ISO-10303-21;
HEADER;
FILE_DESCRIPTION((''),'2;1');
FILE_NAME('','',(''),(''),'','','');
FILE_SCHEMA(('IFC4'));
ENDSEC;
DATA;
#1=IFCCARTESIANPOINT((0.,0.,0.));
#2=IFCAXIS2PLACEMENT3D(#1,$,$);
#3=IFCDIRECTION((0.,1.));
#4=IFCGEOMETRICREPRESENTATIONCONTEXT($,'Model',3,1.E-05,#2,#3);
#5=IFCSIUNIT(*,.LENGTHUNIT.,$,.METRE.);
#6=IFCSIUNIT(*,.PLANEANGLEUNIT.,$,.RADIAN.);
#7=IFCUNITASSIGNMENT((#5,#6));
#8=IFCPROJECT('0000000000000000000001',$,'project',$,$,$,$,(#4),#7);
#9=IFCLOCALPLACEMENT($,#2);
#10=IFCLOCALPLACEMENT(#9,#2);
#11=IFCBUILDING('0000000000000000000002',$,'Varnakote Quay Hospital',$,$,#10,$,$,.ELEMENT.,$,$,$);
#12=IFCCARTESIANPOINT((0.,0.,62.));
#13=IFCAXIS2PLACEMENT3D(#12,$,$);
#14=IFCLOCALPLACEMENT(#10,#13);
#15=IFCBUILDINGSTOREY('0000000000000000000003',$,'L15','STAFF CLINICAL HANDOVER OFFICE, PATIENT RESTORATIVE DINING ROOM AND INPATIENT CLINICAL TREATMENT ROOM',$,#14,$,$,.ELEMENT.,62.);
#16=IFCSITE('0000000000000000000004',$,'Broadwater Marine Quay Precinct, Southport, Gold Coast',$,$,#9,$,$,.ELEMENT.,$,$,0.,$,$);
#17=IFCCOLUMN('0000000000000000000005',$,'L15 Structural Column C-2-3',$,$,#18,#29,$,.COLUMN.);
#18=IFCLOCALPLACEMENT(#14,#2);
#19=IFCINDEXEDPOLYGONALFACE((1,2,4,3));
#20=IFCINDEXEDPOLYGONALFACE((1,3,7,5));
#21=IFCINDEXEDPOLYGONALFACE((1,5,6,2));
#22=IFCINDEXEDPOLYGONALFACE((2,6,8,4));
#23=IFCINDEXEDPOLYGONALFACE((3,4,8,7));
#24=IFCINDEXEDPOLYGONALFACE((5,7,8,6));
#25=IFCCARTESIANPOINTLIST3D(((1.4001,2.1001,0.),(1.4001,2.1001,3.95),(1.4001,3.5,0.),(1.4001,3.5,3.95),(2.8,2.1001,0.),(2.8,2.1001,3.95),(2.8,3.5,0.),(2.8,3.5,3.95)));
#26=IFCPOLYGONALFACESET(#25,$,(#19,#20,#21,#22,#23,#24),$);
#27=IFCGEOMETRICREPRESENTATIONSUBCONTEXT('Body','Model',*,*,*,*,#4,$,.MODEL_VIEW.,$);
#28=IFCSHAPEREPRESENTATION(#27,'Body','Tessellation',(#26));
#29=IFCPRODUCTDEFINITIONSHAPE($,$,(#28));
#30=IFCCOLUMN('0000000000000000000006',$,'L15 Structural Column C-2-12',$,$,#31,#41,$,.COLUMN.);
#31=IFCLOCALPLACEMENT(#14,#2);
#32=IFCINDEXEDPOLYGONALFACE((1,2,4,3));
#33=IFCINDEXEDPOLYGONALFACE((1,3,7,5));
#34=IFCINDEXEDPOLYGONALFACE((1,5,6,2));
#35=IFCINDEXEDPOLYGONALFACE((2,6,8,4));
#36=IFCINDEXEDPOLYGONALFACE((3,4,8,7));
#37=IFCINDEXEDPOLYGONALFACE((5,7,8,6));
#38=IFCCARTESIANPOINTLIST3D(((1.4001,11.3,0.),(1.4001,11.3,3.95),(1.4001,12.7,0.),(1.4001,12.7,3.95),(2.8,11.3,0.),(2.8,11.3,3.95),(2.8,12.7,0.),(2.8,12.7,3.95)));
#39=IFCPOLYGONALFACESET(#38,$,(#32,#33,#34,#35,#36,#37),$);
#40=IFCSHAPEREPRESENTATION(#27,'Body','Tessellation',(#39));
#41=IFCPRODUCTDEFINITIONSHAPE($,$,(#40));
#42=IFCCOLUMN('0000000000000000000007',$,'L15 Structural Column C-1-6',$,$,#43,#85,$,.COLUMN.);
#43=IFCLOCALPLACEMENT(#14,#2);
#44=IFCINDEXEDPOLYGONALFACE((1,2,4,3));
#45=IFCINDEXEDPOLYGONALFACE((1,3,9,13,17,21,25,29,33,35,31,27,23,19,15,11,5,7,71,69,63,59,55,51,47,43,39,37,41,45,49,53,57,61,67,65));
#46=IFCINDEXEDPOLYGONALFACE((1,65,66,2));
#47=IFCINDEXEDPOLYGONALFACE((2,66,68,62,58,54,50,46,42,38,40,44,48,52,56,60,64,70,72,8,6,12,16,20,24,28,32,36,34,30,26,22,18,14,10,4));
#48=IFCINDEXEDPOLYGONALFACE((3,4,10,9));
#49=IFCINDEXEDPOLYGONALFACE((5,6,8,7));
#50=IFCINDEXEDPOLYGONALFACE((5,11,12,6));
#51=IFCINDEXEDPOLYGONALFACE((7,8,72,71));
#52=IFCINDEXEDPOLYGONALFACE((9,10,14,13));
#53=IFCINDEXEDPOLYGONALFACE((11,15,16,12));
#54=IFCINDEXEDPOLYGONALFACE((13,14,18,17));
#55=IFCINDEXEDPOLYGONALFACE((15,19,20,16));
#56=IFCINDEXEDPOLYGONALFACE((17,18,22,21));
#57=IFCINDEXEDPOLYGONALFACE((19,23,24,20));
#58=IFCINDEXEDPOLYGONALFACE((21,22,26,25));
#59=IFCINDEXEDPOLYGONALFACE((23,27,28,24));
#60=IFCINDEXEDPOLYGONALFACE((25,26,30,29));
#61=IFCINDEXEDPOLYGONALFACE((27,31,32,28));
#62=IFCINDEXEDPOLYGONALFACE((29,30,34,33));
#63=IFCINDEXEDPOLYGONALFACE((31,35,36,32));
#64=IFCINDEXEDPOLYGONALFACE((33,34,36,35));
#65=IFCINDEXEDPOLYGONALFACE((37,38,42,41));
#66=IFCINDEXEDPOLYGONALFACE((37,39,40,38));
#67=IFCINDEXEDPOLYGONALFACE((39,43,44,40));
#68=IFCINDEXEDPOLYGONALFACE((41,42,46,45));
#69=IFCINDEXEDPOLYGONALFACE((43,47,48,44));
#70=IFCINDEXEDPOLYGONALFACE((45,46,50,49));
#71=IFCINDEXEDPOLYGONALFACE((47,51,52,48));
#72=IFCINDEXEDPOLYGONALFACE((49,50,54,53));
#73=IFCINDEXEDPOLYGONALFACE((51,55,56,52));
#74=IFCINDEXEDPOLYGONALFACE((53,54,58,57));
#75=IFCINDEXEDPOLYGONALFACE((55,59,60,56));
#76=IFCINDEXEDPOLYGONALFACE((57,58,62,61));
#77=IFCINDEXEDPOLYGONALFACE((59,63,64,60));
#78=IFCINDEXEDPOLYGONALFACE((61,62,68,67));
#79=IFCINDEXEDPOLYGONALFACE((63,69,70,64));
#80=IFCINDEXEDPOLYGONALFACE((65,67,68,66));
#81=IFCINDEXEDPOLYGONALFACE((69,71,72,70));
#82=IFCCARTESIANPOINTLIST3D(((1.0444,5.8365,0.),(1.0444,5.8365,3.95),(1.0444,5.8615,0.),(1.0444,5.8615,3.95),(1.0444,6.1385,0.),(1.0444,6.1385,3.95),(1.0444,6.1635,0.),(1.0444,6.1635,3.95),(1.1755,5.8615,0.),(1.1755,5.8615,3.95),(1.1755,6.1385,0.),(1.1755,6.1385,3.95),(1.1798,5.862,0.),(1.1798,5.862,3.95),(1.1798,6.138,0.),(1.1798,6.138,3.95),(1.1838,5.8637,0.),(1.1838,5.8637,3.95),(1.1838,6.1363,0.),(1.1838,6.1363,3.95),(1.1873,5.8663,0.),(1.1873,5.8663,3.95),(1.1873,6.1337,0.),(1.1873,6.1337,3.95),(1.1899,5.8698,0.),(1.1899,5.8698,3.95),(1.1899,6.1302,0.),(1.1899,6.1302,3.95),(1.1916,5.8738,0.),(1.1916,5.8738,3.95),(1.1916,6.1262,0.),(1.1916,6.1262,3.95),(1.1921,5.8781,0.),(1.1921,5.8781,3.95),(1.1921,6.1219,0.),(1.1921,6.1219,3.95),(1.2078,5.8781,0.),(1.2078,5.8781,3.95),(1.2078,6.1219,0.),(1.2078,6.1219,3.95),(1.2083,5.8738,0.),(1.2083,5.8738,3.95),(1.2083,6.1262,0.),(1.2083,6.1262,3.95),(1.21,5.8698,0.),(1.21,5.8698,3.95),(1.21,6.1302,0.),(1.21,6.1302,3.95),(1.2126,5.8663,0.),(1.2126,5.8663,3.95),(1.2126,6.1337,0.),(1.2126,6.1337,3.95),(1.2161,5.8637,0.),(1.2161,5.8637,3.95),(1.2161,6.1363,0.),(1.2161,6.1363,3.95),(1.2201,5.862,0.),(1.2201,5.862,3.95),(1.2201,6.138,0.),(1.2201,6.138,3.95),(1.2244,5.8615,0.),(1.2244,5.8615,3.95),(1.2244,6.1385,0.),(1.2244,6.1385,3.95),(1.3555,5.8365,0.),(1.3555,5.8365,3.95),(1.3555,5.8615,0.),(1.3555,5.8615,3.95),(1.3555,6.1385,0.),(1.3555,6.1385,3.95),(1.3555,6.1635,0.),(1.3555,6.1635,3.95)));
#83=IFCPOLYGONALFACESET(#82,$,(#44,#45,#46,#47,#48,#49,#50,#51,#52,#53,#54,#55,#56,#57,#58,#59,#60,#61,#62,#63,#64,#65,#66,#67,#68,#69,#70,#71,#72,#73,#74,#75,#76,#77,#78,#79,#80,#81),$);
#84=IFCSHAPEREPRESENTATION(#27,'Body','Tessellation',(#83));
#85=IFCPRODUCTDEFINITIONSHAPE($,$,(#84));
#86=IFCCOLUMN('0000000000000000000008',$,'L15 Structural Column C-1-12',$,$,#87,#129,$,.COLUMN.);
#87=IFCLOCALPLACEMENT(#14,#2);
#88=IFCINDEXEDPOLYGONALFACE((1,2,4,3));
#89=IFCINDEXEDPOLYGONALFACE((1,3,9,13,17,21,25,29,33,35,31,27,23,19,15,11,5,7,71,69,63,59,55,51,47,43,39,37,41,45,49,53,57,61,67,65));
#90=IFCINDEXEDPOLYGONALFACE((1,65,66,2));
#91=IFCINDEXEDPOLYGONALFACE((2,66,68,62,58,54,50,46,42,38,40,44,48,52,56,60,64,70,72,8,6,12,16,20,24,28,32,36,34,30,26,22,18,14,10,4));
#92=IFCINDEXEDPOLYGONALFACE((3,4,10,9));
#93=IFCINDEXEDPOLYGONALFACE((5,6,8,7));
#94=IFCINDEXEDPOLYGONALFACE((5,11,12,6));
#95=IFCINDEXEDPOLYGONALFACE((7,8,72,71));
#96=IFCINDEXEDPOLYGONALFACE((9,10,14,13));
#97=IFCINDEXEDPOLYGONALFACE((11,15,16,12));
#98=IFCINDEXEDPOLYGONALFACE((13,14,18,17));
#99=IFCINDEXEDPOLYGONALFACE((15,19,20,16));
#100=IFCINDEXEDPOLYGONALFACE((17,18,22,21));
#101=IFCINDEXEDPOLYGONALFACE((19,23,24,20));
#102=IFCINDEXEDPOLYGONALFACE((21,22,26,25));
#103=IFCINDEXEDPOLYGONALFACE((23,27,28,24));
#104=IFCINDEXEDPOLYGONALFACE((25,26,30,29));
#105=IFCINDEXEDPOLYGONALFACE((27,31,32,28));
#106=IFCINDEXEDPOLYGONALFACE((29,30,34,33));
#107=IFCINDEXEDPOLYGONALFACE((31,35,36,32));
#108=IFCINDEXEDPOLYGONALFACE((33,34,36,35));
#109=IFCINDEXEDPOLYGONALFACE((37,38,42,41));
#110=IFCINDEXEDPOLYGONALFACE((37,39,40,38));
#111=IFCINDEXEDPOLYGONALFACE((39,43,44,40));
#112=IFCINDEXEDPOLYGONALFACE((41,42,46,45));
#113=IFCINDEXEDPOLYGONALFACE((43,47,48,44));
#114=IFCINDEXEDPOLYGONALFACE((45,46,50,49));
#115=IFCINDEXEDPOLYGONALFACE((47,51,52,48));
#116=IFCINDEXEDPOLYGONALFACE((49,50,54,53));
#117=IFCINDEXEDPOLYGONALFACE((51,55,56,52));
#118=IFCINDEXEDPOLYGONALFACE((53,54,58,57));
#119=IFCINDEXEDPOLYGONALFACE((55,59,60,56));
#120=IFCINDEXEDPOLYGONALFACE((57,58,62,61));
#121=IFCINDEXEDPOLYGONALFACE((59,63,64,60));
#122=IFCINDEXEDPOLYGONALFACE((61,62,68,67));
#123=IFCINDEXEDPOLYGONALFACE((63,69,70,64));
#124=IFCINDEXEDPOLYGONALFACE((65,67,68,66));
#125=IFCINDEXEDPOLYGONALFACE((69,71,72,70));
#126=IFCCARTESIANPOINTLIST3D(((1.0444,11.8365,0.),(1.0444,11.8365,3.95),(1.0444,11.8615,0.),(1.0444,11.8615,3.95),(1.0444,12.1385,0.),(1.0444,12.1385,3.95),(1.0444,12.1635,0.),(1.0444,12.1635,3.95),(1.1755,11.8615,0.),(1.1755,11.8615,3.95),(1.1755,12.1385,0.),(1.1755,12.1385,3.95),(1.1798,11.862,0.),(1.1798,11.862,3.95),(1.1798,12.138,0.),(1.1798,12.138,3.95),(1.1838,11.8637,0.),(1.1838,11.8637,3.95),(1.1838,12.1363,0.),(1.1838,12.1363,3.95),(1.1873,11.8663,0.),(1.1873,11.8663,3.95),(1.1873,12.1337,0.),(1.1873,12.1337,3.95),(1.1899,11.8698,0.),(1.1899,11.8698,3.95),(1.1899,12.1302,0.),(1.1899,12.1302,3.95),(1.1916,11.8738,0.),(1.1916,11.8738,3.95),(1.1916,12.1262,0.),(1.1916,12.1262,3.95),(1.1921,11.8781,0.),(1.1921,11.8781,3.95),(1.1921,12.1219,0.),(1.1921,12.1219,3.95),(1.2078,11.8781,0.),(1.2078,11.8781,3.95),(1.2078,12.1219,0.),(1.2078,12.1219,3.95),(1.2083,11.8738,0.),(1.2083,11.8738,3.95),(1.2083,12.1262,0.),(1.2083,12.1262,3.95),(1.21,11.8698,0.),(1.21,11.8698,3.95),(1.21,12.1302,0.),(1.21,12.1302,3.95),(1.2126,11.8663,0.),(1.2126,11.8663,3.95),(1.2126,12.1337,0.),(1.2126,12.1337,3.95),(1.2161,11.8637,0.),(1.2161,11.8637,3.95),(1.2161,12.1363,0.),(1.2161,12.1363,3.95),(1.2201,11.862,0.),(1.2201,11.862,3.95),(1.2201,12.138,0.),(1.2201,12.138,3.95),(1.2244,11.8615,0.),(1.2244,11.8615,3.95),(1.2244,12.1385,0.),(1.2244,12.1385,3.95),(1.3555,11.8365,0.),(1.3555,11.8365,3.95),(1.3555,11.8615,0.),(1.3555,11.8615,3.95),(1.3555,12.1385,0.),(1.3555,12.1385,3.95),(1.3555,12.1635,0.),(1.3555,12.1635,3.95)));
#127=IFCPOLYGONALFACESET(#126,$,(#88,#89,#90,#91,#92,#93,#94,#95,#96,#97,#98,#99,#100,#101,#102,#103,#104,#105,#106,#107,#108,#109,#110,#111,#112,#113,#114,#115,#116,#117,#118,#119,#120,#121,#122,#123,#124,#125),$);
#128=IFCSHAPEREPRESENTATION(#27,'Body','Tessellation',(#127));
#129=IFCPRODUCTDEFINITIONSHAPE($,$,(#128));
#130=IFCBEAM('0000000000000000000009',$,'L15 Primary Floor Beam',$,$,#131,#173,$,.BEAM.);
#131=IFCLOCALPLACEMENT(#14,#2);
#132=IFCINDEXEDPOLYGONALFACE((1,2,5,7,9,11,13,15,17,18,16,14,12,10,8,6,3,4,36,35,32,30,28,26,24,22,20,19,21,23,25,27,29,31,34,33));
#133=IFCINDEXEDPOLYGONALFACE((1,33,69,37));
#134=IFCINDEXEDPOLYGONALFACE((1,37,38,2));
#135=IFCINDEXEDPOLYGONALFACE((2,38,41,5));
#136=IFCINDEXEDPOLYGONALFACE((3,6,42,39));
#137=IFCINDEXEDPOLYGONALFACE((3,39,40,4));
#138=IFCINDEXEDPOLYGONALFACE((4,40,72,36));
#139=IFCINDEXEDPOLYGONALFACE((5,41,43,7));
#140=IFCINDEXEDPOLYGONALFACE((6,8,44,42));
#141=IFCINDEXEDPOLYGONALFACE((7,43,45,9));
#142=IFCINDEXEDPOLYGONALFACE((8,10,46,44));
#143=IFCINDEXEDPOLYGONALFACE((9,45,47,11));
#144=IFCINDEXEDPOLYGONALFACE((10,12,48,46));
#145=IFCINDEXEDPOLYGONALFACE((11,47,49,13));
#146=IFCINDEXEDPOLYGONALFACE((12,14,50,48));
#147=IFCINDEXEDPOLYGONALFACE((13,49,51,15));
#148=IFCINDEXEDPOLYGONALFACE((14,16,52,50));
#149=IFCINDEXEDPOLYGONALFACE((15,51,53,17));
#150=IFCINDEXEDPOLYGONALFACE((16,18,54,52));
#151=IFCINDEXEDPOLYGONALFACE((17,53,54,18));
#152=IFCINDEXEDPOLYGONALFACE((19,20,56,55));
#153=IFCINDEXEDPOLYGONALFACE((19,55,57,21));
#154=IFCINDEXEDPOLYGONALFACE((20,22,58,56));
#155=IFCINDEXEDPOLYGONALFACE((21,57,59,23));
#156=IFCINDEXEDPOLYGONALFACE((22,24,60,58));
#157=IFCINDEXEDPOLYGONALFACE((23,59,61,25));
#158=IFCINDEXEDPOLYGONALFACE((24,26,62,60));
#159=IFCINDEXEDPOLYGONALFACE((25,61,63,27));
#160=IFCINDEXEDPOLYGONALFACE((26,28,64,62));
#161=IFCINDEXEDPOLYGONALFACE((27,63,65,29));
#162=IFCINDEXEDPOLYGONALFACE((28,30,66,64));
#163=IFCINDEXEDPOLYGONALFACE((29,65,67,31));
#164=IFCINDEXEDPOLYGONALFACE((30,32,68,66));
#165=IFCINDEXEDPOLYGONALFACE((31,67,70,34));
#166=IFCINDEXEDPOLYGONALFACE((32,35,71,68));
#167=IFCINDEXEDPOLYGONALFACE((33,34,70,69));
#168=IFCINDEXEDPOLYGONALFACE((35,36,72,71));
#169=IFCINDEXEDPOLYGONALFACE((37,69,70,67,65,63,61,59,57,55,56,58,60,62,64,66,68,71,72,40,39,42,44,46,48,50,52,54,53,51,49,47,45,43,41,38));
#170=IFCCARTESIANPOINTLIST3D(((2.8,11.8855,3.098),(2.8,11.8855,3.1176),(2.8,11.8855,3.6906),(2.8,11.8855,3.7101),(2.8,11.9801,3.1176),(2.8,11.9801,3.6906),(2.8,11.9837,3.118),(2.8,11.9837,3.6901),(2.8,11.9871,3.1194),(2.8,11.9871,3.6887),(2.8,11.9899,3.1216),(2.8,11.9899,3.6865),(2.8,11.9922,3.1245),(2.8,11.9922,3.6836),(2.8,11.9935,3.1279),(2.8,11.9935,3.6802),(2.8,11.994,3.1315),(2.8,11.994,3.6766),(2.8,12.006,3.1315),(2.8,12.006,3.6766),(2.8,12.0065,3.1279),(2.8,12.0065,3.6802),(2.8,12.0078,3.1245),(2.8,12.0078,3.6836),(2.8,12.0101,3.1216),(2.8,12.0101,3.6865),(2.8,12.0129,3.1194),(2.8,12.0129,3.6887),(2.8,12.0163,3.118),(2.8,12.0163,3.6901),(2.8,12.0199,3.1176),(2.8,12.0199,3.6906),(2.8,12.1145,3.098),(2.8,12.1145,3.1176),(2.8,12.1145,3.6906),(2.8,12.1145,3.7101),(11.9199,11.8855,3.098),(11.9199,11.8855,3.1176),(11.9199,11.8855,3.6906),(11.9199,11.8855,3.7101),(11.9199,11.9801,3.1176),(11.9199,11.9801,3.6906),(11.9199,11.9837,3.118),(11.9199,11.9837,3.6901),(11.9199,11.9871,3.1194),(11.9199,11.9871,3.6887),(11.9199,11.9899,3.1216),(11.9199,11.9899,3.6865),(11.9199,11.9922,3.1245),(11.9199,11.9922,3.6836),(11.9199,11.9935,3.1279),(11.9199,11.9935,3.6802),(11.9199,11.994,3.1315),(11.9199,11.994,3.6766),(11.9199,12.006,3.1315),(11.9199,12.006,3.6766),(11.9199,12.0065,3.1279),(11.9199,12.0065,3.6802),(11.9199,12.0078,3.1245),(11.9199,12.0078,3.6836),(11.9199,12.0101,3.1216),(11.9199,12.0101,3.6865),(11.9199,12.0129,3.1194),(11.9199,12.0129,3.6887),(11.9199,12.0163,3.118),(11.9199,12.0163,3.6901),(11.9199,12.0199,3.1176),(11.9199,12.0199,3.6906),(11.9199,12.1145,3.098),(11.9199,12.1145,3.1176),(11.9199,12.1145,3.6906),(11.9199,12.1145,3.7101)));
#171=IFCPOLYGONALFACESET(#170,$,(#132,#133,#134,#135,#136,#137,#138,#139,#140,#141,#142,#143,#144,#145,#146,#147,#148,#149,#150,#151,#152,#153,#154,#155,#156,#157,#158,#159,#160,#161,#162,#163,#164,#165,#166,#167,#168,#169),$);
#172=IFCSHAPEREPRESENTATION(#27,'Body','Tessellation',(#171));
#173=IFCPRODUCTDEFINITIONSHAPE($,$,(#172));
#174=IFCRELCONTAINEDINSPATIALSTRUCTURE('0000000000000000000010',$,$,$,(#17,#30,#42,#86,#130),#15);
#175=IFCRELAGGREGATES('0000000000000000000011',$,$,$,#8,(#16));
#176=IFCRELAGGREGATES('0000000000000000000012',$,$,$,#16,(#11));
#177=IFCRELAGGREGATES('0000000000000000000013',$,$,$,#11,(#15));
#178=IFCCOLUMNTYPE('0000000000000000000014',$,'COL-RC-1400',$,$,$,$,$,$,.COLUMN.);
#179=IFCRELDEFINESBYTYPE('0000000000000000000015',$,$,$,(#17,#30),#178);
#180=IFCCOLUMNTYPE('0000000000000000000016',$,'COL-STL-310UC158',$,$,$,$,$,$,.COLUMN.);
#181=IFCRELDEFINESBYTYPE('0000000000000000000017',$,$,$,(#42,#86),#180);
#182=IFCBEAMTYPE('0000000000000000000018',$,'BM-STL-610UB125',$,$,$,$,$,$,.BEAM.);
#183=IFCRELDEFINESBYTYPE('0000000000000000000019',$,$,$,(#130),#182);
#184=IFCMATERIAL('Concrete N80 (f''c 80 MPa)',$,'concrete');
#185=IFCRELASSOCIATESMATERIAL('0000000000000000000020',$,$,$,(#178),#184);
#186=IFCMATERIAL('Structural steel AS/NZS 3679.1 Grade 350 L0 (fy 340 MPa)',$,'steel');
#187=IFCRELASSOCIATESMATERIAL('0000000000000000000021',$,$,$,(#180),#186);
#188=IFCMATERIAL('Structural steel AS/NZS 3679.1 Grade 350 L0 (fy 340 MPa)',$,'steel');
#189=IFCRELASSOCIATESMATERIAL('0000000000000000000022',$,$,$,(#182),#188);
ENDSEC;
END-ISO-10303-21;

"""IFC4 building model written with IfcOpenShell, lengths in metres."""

from ifc_helpers import new_model, si_unit, direction, frame, origin, origin_2d, place, context, subcontext, project, spatial, rectangle, i_section, extrude, material, material_profile, profile_set, type_object, element, save


model = new_model("IFC4")

# Units and contexts
model_context = context("Model", 3, precision=1e-05, world=origin(), true_north=direction((0.0, 1.0)))
body_context = subcontext(model_context, "Body", "Model", "MODEL_VIEW")
ifc_project = project(units=[si_unit("LENGTHUNIT", "METRE"), si_unit("PLANEANGLEUNIT", "RADIAN")], contexts=[model_context])

# Site, building, storey
site_placement = place(None, origin())
site = spatial("IfcSite", under=ifc_project, at=site_placement, Name="Broadwater Marine Quay Precinct, Southport, Gold Coast", CompositionType="ELEMENT", RefElevation=0.0)
building_placement = place(site_placement, origin())
building = spatial("IfcBuilding", under=site, at=building_placement, Name="Varnakote Quay Hospital", CompositionType="ELEMENT")
storey_placement = place(building_placement, frame((0.0, 0.0, 62.0)))
storey = spatial("IfcBuildingStorey", under=building, at=storey_placement, Name="L15", Description="STAFF CLINICAL HANDOVER OFFICE, PATIENT RESTORATIVE DINING ROOM AND INPATIENT CLINICAL TREATMENT ROOM", CompositionType="ELEMENT", Elevation=62.0)

# Columns
ifc_material_1 = material(Name="Concrete N80 (f'c 80 MPa)", Category="concrete")
ifc_material_profile_1 = material_profile(ifc_material_1, rectangle(XDim=1.3999, YDim=1.3999, at=origin_2d()), Name="RC-COL-1400x1400")
ifc_profile_set_1 = profile_set([ifc_material_profile_1], Name="Concrete N80 (f'c 80 MPa)")
column_type_1 = type_object("IfcColumnType", Name="COL-RC-1400", PredefinedType="COLUMN", material=ifc_profile_set_1)
for number, where, z_axis, x_axis, name in (
    (1, (2.1001, 2.8, 0.0), (0.0, 0.0, 1.0), (1.0, 0.0, 0.0), "L15 Structural Column C-2-3"),
    (2, (2.1001, 12.0, 0.0), (0.0, 0.0, 1.0), (1.0, 0.0, 0.0), "L15 Structural Column C-2-12"),
):
    element("IfcColumn", number, at=place(storey_placement, frame(where, z_axis=z_axis, x_axis=x_axis)), inside=storey, type_object=column_type_1, Name=name, PredefinedType="COLUMN", context=body_context, shape_type="SweptSolid", body=[
        extrude(rectangle(XDim=1.3999, YDim=1.3999, at=origin_2d()), origin(), (0.0, 0.0, 1.0), 3.95),
    ])
ifc_material_2 = material(Name="Structural steel AS/NZS 3679.1 Grade 350 L0 (fy 340 MPa)", Category="steel")
ifc_material_profile_2 = material_profile(ifc_material_2, i_section(OverallWidth=0.311, OverallDepth=0.3269, WebThickness=0.0156, FlangeThickness=0.0249, FilletRadius=0.0166, at=origin_2d()), Name="310UC158")
ifc_profile_set_2 = profile_set([ifc_material_profile_2], Name="Structural steel AS/NZS 3679.1 Grade 350 L0 (fy 340 MPa)")
column_type_2 = type_object("IfcColumnType", Name="COL-STL-310UC158", PredefinedType="COLUMN", material=ifc_profile_set_2)
for number, where, z_axis, x_axis, name in (
    (3, (1.2, 6.0, 0.0), (0.0, 0.0, 1.0), (1.0, 0.0, 0.0), "L15 Structural Column C-1-6"),
    (4, (1.2, 12.0, 0.0), (0.0, 0.0, 1.0), (1.0, 0.0, 0.0), "L15 Structural Column C-1-12"),
):
    element("IfcColumn", number, at=place(storey_placement, frame(where, z_axis=z_axis, x_axis=x_axis)), inside=storey, type_object=column_type_2, Name=name, PredefinedType="COLUMN", context=body_context, shape_type="SweptSolid", body=[
        extrude(i_section(OverallWidth=0.311, OverallDepth=0.3269, WebThickness=0.0156, FlangeThickness=0.0249, FilletRadius=0.0166, at=origin_2d()), origin(), (0.0, 0.0, 1.0), 3.95),
    ])

# Beam
ifc_material_3 = material(Name="Structural steel AS/NZS 3679.1 Grade 350 L0 (fy 340 MPa)", Category="steel")
ifc_material_profile_3 = material_profile(ifc_material_3, i_section(OverallWidth=0.229, OverallDepth=0.6121, WebThickness=0.012, FlangeThickness=0.0195, FilletRadius=0.0139, at=origin_2d()), Name="610UB125")
ifc_profile_set_3 = profile_set([ifc_material_profile_3], Name="Structural steel AS/NZS 3679.1 Grade 350 L0 (fy 340 MPa)")
beam_type_1 = type_object("IfcBeamType", Name="BM-STL-610UB125", PredefinedType="BEAM", material=ifc_profile_set_3)
beam_1_placement = place(storey_placement, frame((2.8, 12.0, 3.4041), z_axis=(1.0, 0.0, 0.0), x_axis=(0.0, 1.0, 0.0)))
element("IfcBeam", 5, at=beam_1_placement, inside=storey, type_object=beam_type_1, Name="L15 Primary Floor Beam", PredefinedType="BEAM", context=body_context, shape_type="SweptSolid", body=[
    extrude(i_section(OverallWidth=0.229, OverallDepth=0.6121, WebThickness=0.012, FlangeThickness=0.0195, FilletRadius=0.0139, at=origin_2d()), origin(), (0.0, 0.0, 1.0), 9.1199),
])

save(model, "model.ifc")
